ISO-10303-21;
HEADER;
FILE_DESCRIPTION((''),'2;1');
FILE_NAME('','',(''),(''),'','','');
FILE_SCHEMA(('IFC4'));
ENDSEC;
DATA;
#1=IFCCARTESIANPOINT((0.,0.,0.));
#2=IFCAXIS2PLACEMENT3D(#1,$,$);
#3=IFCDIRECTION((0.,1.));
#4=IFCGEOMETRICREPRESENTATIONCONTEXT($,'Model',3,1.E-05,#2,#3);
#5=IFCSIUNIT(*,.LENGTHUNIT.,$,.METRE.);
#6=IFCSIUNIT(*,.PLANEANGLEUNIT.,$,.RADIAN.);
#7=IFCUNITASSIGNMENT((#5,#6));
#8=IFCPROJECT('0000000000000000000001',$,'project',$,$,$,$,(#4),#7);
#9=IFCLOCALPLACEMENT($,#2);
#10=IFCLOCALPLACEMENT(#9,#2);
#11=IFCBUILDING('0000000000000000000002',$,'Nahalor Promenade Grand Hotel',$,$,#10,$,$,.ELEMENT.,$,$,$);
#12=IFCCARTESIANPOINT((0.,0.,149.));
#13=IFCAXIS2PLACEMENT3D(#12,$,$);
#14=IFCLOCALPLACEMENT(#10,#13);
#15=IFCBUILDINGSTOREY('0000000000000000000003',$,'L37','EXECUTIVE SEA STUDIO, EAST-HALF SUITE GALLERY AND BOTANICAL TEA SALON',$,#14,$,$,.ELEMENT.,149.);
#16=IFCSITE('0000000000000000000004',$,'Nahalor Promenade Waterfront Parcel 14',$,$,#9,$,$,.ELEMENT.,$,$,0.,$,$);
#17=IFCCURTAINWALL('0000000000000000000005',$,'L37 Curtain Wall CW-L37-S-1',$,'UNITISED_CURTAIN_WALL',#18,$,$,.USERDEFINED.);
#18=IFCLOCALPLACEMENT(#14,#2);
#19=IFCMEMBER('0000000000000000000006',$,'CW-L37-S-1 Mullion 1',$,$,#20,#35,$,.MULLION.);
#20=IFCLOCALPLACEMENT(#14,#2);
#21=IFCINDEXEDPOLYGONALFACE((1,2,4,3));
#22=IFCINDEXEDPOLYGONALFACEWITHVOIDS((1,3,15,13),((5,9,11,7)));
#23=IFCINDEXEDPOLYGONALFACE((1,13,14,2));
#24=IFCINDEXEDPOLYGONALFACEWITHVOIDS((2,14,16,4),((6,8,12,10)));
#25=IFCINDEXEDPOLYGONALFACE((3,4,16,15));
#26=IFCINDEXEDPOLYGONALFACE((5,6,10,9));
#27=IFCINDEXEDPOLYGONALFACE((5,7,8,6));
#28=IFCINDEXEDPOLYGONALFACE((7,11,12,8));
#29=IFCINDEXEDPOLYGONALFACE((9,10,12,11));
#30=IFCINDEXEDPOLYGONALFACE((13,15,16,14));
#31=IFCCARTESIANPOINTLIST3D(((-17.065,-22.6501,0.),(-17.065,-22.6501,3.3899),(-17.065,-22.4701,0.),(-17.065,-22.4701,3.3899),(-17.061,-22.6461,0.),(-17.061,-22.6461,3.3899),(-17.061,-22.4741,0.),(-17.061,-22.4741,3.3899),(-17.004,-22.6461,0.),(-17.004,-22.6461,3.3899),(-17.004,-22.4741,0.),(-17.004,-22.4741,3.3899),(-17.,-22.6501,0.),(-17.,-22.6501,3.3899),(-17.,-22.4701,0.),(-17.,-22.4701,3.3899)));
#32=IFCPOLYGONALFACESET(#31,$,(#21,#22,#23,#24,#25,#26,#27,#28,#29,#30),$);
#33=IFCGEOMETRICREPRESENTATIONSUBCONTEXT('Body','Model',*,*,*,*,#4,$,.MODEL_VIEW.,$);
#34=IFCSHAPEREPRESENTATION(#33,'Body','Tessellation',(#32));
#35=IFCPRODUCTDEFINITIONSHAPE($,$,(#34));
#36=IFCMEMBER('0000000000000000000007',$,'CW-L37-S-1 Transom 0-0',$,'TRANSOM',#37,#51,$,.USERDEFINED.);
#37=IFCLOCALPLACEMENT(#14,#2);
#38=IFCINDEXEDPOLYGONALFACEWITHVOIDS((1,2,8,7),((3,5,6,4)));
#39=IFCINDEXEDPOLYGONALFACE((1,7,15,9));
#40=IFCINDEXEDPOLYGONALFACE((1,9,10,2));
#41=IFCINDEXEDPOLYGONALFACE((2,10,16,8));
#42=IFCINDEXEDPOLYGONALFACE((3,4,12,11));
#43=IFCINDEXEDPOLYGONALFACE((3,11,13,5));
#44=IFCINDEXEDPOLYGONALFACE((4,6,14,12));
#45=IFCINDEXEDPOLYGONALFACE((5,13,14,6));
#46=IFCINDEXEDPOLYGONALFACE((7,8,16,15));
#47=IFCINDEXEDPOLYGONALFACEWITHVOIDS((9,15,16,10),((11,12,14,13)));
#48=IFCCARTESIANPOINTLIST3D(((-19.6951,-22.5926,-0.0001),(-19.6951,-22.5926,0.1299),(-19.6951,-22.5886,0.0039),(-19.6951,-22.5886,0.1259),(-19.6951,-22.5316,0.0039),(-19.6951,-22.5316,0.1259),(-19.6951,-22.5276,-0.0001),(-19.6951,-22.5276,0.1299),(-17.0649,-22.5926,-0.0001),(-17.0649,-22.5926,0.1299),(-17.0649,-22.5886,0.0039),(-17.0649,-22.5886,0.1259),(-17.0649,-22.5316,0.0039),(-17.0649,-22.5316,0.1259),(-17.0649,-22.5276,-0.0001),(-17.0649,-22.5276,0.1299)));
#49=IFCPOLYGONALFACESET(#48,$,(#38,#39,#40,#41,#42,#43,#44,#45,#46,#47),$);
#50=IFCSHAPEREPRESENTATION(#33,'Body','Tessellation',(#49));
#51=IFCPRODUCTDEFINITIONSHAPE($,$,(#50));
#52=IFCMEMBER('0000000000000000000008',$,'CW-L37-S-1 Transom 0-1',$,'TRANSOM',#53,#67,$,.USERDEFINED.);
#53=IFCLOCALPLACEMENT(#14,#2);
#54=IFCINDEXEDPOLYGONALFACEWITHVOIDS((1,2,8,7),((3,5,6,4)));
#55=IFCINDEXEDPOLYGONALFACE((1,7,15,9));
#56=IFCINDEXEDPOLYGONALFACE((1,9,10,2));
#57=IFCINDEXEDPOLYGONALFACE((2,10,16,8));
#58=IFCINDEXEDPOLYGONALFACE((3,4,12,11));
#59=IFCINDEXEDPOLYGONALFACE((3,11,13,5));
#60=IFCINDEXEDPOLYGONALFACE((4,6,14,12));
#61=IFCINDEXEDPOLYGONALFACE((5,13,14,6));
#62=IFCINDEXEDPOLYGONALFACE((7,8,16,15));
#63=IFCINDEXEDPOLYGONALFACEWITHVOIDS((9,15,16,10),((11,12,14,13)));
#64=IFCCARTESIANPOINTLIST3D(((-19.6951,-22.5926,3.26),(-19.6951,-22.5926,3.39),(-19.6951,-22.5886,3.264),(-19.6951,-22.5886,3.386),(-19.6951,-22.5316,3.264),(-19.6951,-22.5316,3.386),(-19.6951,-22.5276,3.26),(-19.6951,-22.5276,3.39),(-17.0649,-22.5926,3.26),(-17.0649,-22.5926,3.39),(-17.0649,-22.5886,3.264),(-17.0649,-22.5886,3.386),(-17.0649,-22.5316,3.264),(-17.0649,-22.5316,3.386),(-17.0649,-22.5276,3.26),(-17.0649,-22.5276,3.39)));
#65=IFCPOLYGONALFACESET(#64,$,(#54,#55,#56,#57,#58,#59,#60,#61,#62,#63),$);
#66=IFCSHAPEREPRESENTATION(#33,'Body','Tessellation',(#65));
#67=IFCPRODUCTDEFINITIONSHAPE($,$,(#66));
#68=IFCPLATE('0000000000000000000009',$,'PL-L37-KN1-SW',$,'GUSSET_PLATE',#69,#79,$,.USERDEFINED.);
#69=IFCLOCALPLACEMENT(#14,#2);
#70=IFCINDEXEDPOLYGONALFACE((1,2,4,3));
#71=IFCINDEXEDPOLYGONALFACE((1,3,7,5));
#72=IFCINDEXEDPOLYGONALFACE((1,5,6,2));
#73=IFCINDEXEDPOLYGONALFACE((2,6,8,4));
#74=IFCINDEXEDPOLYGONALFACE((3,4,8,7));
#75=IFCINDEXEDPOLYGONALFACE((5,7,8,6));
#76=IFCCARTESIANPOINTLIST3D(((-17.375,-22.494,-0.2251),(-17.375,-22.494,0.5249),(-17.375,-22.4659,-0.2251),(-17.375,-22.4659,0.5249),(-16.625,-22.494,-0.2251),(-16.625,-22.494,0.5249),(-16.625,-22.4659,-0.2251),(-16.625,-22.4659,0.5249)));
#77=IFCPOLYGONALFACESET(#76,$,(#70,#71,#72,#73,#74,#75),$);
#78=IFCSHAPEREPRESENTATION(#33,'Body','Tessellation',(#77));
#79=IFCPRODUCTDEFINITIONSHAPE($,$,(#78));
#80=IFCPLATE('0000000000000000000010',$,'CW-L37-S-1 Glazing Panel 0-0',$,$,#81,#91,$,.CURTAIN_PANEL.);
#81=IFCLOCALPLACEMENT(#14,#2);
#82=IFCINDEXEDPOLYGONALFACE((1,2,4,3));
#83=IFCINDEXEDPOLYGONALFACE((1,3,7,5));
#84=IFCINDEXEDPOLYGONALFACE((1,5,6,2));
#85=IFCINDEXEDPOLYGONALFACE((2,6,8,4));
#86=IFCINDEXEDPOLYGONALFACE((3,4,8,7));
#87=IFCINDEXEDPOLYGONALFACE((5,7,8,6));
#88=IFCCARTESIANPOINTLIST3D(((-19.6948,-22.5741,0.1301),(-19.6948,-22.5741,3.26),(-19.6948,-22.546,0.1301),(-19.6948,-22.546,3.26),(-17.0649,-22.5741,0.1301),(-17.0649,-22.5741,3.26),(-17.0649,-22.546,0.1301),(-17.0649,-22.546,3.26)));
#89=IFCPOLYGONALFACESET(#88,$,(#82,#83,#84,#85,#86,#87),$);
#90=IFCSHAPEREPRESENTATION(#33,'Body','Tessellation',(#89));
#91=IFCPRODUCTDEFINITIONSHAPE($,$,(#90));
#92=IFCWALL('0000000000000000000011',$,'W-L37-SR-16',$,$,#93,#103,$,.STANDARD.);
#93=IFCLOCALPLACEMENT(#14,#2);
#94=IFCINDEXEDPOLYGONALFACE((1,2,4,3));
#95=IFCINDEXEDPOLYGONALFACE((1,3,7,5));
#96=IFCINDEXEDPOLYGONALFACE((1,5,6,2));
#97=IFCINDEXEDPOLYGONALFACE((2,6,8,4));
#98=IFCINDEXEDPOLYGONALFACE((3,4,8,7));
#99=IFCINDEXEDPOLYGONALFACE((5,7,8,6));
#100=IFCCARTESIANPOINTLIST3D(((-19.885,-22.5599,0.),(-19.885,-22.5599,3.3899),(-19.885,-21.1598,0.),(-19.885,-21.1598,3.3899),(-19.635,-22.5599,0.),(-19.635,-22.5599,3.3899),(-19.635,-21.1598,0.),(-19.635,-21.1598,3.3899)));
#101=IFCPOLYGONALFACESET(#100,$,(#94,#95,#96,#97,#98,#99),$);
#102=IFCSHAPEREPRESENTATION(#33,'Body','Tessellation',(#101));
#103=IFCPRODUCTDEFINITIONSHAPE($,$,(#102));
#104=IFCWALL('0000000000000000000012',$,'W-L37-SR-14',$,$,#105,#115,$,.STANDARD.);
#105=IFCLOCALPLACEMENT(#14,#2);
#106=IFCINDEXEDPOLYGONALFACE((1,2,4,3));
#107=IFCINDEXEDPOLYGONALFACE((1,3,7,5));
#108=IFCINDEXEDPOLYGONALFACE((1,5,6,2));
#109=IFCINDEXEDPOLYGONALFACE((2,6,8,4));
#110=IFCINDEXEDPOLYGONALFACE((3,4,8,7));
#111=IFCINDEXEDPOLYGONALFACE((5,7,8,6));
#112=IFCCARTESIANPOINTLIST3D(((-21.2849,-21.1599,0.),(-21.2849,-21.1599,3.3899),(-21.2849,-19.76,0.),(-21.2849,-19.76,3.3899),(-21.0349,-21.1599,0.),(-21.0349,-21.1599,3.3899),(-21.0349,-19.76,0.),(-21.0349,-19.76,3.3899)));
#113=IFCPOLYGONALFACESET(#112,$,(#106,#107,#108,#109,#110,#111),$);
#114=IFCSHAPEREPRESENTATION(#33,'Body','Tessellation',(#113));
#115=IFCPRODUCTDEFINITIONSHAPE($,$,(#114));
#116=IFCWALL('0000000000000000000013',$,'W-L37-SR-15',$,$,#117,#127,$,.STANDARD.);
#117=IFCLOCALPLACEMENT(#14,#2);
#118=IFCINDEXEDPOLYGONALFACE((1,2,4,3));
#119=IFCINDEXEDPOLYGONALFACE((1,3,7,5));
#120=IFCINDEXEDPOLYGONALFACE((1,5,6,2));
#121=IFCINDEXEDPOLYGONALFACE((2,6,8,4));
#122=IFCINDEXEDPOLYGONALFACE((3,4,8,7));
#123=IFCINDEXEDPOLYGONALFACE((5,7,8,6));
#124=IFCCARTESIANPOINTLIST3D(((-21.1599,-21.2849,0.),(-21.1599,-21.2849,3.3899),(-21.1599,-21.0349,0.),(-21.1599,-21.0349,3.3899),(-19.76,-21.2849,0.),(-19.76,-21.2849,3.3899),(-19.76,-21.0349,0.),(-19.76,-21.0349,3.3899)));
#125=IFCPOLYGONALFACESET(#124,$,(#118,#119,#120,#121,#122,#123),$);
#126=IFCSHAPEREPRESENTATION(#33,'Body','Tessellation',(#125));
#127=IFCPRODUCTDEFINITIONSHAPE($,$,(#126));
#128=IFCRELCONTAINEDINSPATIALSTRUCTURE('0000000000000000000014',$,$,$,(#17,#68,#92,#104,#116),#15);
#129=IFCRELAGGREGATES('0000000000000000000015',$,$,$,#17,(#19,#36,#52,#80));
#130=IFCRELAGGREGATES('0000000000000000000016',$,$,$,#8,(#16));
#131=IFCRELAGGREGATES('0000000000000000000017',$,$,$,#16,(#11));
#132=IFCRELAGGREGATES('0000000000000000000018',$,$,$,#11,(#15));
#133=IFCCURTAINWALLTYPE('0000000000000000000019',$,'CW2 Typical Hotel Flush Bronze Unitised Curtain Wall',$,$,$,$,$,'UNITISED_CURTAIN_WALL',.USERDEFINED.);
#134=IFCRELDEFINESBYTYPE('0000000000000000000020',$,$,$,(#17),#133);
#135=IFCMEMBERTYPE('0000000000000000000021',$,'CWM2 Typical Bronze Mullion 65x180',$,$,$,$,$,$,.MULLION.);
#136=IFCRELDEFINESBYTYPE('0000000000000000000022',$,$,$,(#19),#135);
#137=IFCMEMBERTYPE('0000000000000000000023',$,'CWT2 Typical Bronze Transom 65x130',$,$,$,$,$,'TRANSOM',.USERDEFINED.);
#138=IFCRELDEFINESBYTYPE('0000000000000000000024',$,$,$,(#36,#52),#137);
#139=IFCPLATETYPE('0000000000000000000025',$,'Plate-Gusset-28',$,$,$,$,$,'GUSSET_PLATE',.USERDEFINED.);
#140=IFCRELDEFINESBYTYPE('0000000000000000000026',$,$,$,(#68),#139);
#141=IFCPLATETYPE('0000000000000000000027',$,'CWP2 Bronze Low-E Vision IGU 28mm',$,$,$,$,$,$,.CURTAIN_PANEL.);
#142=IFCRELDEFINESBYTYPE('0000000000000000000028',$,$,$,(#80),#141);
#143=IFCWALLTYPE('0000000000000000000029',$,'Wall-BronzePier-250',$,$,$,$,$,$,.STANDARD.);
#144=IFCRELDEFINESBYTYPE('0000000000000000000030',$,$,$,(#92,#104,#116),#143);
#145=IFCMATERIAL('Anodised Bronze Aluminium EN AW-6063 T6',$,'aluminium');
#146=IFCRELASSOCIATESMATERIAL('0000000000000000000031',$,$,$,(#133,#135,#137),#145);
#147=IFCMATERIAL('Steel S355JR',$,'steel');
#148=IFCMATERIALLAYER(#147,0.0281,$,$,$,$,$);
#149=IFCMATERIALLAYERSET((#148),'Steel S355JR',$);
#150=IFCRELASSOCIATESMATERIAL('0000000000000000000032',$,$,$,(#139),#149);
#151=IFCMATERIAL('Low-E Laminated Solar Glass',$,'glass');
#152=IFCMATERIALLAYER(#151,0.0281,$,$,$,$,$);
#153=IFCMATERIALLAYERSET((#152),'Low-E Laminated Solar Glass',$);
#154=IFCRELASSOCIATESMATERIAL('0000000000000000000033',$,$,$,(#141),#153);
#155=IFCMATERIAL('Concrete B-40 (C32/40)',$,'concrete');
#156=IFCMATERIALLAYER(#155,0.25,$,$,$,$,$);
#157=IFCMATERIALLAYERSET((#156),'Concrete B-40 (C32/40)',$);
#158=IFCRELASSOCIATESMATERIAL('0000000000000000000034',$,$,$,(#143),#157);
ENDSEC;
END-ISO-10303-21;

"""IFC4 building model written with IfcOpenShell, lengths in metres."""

from ifc_helpers import new_model, si_unit, direction, frame, frame_2d, origin, origin_2d, place, context, subcontext, project, spatial, rectangle, hollow_rectangle, extrude, source, transform, mapped, material, layer, layer_set, material_profile, profile_set, type_object, element, aggregate, save


model = new_model("IFC4")

# Units and contexts
model_context = context("Model", 3, precision=1e-05, world=origin(), true_north=direction((0.0, 1.0)))
body_context = subcontext(model_context, "Body", "Model", "MODEL_VIEW")
ifc_project = project(units=[si_unit("LENGTHUNIT", "METRE"), si_unit("PLANEANGLEUNIT", "RADIAN")], contexts=[model_context])

# Site, building, storey
site_placement = place(None, origin())
site = spatial("IfcSite", under=ifc_project, at=site_placement, Name="Nahalor Promenade Waterfront Parcel 14", CompositionType="ELEMENT", RefElevation=0.0)
building_placement = place(site_placement, origin())
building = spatial("IfcBuilding", under=site, at=building_placement, Name="Nahalor Promenade Grand Hotel", CompositionType="ELEMENT")
storey_placement = place(building_placement, frame((0.0, 0.0, 149.0)))
storey = spatial("IfcBuildingStorey", under=building, at=storey_placement, Name="L37", Description="EXECUTIVE SEA STUDIO, EAST-HALF SUITE GALLERY AND BOTANICAL TEA SALON", CompositionType="ELEMENT", Elevation=149.0)

# Shared definitions
ifc_material_1 = material(Name="Steel S355JR", Category="steel")

# Curtain wall, members
ifc_material_2 = material(Name="Anodised Bronze Aluminium EN AW-6063 T6", Category="aluminium")
curtain_wall_type = type_object("IfcCurtainWallType", Name="CW2 Typical Hotel Flush Bronze Unitised Curtain Wall", ElementType="UNITISED_CURTAIN_WALL", PredefinedType="USERDEFINED", material=ifc_material_2)
curtain_wall_placement = place(storey_placement, origin())
curtain_wall = element("IfcCurtainWall", 1, at=curtain_wall_placement, inside=storey, type_object=curtain_wall_type, Name="L37 Curtain Wall CW-L37-S-1", ObjectType="UNITISED_CURTAIN_WALL", PredefinedType="USERDEFINED")
ifc_material_profile_1 = material_profile(ifc_material_2, hollow_rectangle(XDim=0.065, YDim=0.18, WallThickness=0.004, at=origin_2d()), Name="CWM 65x180x4")
ifc_profile_set_1 = profile_set([ifc_material_profile_1], Name="Anodised Bronze Aluminium EN AW-6063 T6")
member_type_1 = type_object("IfcMemberType", Name="CWM2 Typical Bronze Mullion 65x180", PredefinedType="MULLION", material=ifc_profile_set_1)
shared_shape_1 = source(origin(), body_context, "Body", "SweptSolid", [
    extrude(hollow_rectangle(XDim=0.065, YDim=0.18, WallThickness=0.004, at=origin_2d()), origin(), (0.0, 0.0, 1.0), 3.3899),
])
member_1_placement = place(storey_placement, frame((-17.0325, -22.5601, 0.0), z_axis=(0.0, 0.0, 1.0), x_axis=(1.0, 0.0, 0.0)))
member_1 = element("IfcMember", 2, at=member_1_placement, type_object=member_type_1, Name="CW-L37-S-1 Mullion 1", PredefinedType="MULLION", context=body_context, shape_type="MappedRepresentation", body=[
    mapped(shared_shape_1, transform((0.0, 0.0, 0.0), scale=1.0)),
])
ifc_material_profile_2 = material_profile(ifc_material_2, hollow_rectangle(XDim=0.065, YDim=0.13, WallThickness=0.004, at=origin_2d()), Name="CWT 65x130x4")
ifc_profile_set_2 = profile_set([ifc_material_profile_2], Name="Anodised Bronze Aluminium EN AW-6063 T6")
member_type_2 = type_object("IfcMemberType", Name="CWT2 Typical Bronze Transom 65x130", ElementType="TRANSOM", PredefinedType="USERDEFINED", material=ifc_profile_set_2)
shared_shape_2 = source(origin(), body_context, "Body", "SweptSolid", [
    extrude(hollow_rectangle(XDim=0.065, YDim=0.13, WallThickness=0.004, at=origin_2d()), origin(), (0.0, 0.0, 1.0), 2.6301),
])
member_2_placement = place(storey_placement, frame((-19.6951, -22.5601, 0.0649), z_axis=(1.0, 0.0, 0.0), x_axis=(0.0, 1.0, 0.0)))
member_2 = element("IfcMember", 3, at=member_2_placement, type_object=member_type_2, Name="CW-L37-S-1 Transom 0-0", ObjectType="TRANSOM", PredefinedType="USERDEFINED", context=body_context, shape_type="MappedRepresentation", body=[
    mapped(shared_shape_2, transform((0.0, 0.0, 0.0), scale=1.0)),
])
member_3_placement = place(storey_placement, frame((-19.6951, -22.5601, 3.325), z_axis=(1.0, 0.0, 0.0), x_axis=(0.0, 1.0, 0.0)))
member_3 = element("IfcMember", 4, at=member_3_placement, type_object=member_type_2, Name="CW-L37-S-1 Transom 0-1", ObjectType="TRANSOM", PredefinedType="USERDEFINED", context=body_context, shape_type="MappedRepresentation", body=[
    mapped(shared_shape_2, transform((0.0, 0.0, 0.0), scale=1.0)),
])

# Plates
ifc_layer_1 = layer(ifc_material_1, 0.0281)
ifc_layer_set_1 = layer_set([ifc_layer_1], Name="Steel S355JR")
plate_type_1 = type_object("IfcPlateType", Name="Plate-Gusset-28", ElementType="GUSSET_PLATE", PredefinedType="USERDEFINED", material=ifc_layer_set_1)
shared_shape_3 = source(origin(), body_context, "Body", "SweptSolid", [
    extrude(rectangle(XDim=0.75, YDim=0.0281, at=origin_2d()), origin(), (0.0, 0.0, 1.0), 0.75),
])
plate_1_placement = place(storey_placement, frame((-17.0, -22.48, -0.2251), z_axis=(0.0, 0.0, 1.0), x_axis=(1.0, 0.0, 0.0)))
element("IfcPlate", 5, at=plate_1_placement, inside=storey, type_object=plate_type_1, Name="PL-L37-KN1-SW", ObjectType="GUSSET_PLATE", PredefinedType="USERDEFINED", context=body_context, shape_type="MappedRepresentation", body=[
    mapped(shared_shape_3, transform((0.0, 0.0, 0.0), scale=1.0)),
])
ifc_material_3 = material(Name="Low-E Laminated Solar Glass", Category="glass")
ifc_layer_2 = layer(ifc_material_3, 0.0281)
ifc_layer_set_2 = layer_set([ifc_layer_2], Name="Low-E Laminated Solar Glass")
plate_type_2 = type_object("IfcPlateType", Name="CWP2 Bronze Low-E Vision IGU 28mm", PredefinedType="CURTAIN_PANEL", material=ifc_layer_set_2)
shared_shape_4 = source(origin(), body_context, "Body", "SweptSolid", [
    extrude(rectangle(XDim=2.6299, YDim=0.0281, at=origin_2d()), origin(), (0.0, 0.0, 1.0), 3.1299),
])
plate_2_placement = place(storey_placement, frame((-18.3799, -22.5601, 0.1301), z_axis=(0.0, 0.0, 1.0), x_axis=(1.0, 0.0, 0.0)))
plate_2 = element("IfcPlate", 6, at=plate_2_placement, type_object=plate_type_2, Name="CW-L37-S-1 Glazing Panel 0-0", PredefinedType="CURTAIN_PANEL", context=body_context, shape_type="MappedRepresentation", body=[
    mapped(shared_shape_4, transform((0.0, 0.0, 0.0), scale=1.0)),
])
aggregate(curtain_wall, [member_1, member_2, member_3, plate_2])

# Walls
ifc_material_4 = material(Name="Concrete B-40 (C32/40)", Category="concrete")
ifc_layer_3 = layer(ifc_material_4, 0.25)
ifc_layer_set_3 = layer_set([ifc_layer_3], Name="Concrete B-40 (C32/40)")
wall_type_1 = type_object("IfcWallType", Name="Wall-BronzePier-250", PredefinedType="STANDARD", material=ifc_layer_set_3)
shared_shape_5 = source(origin(), body_context, "Body", "SweptSolid", [
    extrude(rectangle(XDim=1.4001, YDim=0.25, at=frame_2d((0.7002, 0.0))), origin(), (0.0, 0.0, 1.0), 3.3899),
])
wall_1_placement = place(storey_placement, frame((-19.76, -22.5601, 0.0), z_axis=(0.0, 0.0, 1.0), x_axis=(0.0, 1.0, 0.0)))
element("IfcWall", 7, at=wall_1_placement, inside=storey, type_object=wall_type_1, Name="W-L37-SR-16", PredefinedType="STANDARD", context=body_context, shape_type="MappedRepresentation", body=[
    mapped(shared_shape_5, transform((0.0, 0.0, 0.0), scale=1.0)),
])
shared_shape_6 = source(origin(), body_context, "Body", "SweptSolid", [
    extrude(rectangle(XDim=1.3999, YDim=0.25, at=frame_2d((0.7, 0.0))), origin(), (0.0, 0.0, 1.0), 3.3899),
])
for number, where, z_axis, x_axis, name in (
    (8, (-21.1599, -21.1599, 0.0), (0.0, 0.0, 1.0), (0.0, 1.0, 0.0), "W-L37-SR-14"),
    (9, (-21.1599, -21.1599, 0.0), (0.0, 0.0, 1.0), (1.0, 0.0, 0.0), "W-L37-SR-15"),
):
    element("IfcWall", number, at=place(storey_placement, frame(where, z_axis=z_axis, x_axis=x_axis)), inside=storey, type_object=wall_type_1, Name=name, PredefinedType="STANDARD", context=body_context, shape_type="MappedRepresentation", body=[
        mapped(shared_shape_6, transform((0.0, 0.0, 0.0), scale=1.0)),
    ])

save(model, "model.ifc")
